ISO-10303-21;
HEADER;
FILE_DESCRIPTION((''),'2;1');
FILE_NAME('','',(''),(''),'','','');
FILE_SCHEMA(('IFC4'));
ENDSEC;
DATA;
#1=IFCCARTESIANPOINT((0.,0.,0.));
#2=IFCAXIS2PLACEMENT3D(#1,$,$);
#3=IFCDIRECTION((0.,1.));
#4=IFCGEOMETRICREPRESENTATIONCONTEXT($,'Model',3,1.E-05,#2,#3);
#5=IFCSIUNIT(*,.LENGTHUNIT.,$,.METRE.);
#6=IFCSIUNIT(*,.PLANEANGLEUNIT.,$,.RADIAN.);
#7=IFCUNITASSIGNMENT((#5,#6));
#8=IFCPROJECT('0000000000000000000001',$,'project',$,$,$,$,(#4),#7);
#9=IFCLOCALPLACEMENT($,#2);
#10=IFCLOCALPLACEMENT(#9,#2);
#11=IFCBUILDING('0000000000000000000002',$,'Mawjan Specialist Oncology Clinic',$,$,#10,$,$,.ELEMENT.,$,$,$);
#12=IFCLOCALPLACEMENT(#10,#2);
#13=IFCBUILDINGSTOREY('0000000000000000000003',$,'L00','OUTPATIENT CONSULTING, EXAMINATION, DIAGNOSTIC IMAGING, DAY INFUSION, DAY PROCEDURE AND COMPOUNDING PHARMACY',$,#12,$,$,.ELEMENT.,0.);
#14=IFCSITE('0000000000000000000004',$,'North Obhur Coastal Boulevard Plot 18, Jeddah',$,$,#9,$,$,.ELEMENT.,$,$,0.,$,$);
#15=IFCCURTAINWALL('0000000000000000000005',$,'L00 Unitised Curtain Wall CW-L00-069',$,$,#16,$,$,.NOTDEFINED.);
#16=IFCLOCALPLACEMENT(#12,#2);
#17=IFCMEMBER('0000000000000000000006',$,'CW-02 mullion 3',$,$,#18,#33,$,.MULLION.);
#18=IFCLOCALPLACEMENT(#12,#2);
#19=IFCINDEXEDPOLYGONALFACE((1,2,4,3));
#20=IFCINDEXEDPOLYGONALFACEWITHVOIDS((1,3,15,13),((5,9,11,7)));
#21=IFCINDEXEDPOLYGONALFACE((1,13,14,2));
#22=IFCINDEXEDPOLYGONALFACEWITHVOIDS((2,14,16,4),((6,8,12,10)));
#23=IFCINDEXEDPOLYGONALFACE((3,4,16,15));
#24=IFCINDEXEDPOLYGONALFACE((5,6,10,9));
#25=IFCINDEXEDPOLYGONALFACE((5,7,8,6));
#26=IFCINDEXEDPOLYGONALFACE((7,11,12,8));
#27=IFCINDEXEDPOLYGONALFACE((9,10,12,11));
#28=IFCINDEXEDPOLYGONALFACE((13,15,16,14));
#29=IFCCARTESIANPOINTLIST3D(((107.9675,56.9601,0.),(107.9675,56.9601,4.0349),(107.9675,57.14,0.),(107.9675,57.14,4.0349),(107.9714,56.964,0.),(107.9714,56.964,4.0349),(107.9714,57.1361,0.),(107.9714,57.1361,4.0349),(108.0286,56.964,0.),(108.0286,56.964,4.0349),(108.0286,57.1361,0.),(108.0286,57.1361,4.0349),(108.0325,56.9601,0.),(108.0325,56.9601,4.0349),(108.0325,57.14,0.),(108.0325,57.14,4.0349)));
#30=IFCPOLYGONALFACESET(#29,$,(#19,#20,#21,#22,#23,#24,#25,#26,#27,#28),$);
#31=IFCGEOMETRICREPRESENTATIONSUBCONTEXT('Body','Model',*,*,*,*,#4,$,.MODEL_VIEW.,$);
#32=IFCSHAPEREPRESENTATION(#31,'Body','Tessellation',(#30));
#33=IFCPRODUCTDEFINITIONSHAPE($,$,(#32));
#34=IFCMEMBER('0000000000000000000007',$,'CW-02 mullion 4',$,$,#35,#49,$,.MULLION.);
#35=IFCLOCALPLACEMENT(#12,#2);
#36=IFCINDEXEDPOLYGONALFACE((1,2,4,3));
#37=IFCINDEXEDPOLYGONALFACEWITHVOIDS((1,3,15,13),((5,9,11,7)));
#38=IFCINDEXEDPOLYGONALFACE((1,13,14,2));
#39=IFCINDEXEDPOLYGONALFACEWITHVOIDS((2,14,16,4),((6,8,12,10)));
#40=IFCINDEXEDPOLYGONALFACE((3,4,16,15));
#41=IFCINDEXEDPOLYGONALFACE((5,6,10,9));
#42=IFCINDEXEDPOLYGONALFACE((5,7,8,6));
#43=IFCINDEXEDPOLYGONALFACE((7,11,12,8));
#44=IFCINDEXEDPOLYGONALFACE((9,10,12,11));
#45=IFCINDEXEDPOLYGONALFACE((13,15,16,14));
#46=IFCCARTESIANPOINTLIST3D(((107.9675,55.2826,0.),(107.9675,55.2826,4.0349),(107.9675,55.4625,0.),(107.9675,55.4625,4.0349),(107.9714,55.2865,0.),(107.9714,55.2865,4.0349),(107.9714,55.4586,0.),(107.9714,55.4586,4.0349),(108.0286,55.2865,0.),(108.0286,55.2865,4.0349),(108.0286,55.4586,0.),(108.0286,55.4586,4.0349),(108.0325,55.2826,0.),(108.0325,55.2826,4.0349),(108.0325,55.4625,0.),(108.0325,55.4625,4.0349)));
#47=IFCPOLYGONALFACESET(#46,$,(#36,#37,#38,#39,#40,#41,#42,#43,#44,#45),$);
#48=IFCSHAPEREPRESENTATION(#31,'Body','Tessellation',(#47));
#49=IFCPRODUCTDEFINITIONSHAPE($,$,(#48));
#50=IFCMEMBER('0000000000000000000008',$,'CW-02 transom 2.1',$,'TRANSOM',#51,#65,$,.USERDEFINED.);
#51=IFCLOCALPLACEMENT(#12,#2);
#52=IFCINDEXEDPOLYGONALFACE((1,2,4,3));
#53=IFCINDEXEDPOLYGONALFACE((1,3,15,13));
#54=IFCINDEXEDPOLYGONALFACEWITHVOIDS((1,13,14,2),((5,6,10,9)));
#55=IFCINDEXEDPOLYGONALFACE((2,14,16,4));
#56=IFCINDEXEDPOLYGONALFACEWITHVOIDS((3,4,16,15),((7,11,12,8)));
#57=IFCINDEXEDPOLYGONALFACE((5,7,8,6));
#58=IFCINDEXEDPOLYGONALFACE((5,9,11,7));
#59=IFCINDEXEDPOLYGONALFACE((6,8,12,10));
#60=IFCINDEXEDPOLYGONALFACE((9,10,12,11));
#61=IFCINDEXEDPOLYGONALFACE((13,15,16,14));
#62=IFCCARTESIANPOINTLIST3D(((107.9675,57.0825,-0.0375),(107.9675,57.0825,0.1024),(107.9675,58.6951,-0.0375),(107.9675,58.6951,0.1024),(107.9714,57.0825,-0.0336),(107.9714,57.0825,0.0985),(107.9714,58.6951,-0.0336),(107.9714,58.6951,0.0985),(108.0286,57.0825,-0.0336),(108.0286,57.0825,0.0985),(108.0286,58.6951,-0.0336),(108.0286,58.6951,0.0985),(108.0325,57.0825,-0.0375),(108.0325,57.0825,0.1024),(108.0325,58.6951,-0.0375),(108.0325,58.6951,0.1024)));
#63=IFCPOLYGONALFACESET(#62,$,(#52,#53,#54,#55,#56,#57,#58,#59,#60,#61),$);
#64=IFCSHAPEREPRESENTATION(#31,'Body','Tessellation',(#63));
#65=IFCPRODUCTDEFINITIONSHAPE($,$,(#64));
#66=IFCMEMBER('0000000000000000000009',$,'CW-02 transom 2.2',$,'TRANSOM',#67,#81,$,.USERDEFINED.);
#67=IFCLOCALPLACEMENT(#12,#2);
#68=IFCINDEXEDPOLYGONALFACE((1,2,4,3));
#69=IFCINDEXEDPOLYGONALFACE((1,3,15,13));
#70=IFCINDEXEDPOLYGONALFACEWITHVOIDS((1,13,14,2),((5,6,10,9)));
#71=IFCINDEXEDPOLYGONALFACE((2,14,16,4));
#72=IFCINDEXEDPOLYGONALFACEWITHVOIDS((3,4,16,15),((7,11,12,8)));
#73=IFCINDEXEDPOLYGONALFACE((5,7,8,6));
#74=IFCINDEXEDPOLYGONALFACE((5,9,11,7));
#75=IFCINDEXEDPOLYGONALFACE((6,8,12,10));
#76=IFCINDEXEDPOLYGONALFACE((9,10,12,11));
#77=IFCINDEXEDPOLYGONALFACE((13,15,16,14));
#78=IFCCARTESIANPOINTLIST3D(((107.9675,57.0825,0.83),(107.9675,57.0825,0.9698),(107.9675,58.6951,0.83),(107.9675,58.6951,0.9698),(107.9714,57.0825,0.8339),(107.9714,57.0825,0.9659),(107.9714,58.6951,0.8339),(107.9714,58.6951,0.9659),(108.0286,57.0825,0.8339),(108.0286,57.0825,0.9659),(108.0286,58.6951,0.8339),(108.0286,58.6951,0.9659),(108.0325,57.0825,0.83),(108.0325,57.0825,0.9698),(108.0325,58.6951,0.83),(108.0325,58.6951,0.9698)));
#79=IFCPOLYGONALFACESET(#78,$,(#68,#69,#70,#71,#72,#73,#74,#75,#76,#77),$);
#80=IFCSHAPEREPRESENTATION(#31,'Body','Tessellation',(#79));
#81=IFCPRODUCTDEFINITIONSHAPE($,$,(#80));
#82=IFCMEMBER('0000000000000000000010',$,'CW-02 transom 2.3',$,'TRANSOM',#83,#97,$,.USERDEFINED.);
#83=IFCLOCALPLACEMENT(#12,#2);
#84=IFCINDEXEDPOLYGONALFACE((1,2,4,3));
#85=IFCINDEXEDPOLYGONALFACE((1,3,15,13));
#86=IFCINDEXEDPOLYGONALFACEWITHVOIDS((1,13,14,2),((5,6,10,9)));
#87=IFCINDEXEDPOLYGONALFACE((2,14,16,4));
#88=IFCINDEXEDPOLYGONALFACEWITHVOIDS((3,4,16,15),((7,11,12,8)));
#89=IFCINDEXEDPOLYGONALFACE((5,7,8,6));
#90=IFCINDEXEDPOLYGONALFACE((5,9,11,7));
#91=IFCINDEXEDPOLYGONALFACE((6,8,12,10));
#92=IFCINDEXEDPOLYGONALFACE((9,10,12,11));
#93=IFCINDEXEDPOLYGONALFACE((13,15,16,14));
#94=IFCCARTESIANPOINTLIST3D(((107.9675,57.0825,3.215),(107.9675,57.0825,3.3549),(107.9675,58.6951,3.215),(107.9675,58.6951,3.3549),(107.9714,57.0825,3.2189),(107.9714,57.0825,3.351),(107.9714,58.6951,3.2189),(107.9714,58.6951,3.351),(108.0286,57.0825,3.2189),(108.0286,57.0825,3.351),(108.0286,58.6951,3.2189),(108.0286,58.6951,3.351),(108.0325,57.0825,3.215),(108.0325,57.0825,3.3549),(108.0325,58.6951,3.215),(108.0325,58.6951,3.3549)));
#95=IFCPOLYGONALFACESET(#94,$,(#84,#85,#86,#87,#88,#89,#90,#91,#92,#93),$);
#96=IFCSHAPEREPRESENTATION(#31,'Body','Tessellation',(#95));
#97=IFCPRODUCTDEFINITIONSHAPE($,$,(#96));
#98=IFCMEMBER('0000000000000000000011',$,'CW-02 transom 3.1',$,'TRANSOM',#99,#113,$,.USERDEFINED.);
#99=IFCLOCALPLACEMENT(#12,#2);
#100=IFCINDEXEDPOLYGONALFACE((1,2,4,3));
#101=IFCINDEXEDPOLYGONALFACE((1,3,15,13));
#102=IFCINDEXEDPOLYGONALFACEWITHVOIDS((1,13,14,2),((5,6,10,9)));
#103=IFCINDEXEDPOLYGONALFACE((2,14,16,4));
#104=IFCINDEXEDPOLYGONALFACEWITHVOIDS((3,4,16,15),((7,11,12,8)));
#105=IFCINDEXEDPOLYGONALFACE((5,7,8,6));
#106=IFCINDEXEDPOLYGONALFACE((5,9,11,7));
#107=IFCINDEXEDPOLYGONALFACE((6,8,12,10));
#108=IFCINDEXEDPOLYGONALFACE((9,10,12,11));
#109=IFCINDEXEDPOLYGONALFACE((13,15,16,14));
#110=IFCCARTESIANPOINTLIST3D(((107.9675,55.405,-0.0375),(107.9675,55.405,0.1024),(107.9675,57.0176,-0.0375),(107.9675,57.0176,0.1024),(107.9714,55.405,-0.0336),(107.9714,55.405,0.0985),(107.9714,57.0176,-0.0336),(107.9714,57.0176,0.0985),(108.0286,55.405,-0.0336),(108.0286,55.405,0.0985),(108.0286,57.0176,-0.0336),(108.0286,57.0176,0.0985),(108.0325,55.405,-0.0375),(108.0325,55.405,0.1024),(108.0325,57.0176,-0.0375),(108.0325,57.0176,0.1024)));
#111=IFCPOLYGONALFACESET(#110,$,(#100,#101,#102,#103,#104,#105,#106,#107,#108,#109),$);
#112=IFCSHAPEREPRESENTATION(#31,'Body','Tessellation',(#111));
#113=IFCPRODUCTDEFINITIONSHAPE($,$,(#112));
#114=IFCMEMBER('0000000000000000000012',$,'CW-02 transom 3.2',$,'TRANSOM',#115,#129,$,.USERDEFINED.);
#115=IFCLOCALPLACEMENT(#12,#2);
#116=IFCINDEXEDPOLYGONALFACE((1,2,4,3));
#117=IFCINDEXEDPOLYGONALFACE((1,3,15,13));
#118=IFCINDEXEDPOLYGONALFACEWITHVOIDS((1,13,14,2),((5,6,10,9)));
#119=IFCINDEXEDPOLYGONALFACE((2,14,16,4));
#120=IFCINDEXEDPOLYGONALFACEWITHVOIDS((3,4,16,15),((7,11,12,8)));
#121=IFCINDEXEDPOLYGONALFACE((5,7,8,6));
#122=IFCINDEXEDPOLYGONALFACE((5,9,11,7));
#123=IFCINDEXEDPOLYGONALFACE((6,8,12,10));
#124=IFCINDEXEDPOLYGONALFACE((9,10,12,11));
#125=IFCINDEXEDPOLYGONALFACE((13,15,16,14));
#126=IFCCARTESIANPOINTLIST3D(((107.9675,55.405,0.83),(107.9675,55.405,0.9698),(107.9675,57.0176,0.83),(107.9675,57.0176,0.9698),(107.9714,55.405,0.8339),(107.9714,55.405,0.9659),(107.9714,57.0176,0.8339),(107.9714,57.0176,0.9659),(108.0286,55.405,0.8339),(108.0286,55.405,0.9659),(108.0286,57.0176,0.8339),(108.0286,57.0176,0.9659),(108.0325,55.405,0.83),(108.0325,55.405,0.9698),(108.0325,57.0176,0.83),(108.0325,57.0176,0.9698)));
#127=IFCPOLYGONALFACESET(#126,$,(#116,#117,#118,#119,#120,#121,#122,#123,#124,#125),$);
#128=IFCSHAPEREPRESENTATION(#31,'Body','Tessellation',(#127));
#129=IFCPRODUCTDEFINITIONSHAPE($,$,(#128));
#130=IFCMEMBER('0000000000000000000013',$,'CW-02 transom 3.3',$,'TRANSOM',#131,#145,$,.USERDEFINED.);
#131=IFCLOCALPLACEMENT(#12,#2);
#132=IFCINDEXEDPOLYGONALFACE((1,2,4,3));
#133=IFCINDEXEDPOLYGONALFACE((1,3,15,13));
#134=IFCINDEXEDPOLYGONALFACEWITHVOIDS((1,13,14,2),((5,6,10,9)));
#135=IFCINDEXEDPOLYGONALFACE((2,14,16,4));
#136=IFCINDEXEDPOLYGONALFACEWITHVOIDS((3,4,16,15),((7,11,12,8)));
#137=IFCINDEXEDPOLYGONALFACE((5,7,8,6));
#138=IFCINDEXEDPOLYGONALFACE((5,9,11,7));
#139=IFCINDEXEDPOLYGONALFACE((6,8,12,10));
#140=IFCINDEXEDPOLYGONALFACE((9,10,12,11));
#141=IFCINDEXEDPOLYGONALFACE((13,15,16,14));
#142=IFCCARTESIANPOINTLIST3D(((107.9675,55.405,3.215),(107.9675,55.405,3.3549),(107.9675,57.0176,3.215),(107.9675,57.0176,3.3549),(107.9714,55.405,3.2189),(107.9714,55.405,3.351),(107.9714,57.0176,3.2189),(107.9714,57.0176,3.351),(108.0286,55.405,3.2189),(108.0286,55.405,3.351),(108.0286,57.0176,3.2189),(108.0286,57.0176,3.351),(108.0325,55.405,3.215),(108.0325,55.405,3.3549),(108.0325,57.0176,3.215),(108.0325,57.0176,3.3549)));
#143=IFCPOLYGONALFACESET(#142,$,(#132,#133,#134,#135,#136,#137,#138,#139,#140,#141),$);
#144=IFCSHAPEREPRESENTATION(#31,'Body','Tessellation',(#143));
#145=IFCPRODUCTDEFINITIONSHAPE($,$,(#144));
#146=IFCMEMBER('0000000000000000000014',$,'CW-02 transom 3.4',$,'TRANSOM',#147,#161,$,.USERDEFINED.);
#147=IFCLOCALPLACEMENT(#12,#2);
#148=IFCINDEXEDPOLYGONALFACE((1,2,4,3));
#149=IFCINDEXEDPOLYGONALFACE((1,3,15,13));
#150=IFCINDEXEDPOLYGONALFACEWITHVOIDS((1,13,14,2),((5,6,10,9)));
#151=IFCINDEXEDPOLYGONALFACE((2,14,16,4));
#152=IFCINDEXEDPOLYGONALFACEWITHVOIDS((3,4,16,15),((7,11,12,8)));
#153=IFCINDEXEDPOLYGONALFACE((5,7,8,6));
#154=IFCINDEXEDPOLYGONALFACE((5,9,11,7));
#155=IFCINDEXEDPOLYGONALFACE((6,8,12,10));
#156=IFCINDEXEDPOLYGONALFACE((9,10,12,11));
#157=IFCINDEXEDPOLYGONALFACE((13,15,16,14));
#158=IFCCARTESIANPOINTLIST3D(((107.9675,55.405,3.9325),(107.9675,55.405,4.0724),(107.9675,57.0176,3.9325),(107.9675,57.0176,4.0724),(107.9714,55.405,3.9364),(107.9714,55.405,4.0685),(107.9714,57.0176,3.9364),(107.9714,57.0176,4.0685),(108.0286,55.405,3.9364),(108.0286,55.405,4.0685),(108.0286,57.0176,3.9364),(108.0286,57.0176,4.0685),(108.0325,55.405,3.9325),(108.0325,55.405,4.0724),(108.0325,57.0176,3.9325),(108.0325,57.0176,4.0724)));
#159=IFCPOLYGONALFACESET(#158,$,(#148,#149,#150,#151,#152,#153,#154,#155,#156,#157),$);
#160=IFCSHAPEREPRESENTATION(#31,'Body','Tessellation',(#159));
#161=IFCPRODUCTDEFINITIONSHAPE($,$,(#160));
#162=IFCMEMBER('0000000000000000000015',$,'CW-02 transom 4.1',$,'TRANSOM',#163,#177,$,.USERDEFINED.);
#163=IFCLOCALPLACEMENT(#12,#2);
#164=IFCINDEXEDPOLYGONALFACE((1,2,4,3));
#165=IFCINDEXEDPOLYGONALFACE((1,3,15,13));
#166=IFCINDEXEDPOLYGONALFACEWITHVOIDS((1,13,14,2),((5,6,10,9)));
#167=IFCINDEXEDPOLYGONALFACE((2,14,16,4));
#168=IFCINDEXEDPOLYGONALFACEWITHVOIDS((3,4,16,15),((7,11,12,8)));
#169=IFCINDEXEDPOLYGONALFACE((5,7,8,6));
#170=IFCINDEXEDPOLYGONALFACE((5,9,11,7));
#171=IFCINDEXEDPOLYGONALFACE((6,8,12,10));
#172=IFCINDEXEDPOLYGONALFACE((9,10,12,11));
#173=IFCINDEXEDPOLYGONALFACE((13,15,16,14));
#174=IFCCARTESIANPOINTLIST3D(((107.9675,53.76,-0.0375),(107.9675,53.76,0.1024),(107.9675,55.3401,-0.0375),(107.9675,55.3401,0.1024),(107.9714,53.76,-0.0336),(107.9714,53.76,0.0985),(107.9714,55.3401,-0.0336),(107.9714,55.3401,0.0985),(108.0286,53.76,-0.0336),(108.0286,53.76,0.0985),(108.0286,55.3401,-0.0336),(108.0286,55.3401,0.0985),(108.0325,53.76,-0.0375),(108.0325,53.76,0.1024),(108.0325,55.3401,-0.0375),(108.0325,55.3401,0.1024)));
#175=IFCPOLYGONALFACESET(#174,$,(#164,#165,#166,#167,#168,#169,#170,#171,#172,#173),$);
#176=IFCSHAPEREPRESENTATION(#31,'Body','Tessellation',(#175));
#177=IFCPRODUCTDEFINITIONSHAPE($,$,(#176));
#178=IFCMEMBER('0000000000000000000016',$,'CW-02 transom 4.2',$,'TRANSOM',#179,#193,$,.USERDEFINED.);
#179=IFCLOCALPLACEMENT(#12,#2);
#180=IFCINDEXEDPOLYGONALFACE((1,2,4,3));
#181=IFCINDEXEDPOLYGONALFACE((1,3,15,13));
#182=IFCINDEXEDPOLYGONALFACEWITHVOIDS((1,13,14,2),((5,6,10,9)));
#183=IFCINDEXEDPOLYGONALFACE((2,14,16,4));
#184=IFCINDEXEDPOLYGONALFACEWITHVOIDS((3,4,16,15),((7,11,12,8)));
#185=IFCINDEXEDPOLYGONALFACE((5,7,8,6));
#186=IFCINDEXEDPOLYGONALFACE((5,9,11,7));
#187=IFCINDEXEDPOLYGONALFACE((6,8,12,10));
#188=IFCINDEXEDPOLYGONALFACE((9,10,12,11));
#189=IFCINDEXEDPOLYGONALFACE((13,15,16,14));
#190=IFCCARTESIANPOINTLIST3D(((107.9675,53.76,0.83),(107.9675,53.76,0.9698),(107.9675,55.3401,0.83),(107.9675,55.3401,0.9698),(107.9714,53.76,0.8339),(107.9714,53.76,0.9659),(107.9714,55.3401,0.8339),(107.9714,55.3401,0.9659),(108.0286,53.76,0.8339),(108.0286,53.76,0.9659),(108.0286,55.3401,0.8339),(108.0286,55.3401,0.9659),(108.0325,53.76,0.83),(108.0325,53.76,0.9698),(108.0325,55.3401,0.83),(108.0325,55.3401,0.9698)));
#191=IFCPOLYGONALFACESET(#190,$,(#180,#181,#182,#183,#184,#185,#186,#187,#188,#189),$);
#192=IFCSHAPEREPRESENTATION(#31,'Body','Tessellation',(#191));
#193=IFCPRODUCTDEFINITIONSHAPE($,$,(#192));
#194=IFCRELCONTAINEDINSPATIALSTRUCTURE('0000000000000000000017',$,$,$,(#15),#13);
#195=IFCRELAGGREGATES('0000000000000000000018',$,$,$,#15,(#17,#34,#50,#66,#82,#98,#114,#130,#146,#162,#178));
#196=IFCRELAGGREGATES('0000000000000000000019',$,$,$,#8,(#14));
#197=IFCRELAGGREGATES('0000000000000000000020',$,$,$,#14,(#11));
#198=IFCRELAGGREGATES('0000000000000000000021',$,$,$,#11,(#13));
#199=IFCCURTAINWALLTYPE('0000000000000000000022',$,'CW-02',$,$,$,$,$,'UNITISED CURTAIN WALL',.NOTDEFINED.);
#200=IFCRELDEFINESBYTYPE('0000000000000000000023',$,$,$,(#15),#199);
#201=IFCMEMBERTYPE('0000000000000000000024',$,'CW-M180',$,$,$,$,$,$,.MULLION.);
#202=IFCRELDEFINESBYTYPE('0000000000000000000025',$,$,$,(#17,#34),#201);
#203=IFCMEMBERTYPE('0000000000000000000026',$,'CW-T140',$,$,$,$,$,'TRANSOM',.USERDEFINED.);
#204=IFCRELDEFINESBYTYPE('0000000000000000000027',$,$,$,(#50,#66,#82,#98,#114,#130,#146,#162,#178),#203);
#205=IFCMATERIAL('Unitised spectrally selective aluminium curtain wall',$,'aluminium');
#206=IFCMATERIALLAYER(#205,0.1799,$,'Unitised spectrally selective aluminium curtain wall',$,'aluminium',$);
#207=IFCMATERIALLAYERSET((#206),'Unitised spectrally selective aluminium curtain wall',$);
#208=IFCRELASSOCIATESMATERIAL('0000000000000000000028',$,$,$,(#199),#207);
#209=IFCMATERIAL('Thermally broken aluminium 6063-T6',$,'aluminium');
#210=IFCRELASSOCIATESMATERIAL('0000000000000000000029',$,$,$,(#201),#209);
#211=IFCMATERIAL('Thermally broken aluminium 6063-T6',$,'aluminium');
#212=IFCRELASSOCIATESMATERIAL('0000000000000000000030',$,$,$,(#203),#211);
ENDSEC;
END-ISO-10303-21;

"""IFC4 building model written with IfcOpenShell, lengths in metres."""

from ifc_helpers import new_model, si_unit, direction, frame, origin, origin_2d, place, context, subcontext, project, spatial, hollow_rectangle, extrude, material, layer, layer_set, material_profile, profile_set, type_object, element, aggregate, save


model = new_model("IFC4")

# Units and contexts
model_context = context("Model", 3, precision=1e-05, world=origin(), true_north=direction((0.0, 1.0)))
body_context = subcontext(model_context, "Body", "Model", "MODEL_VIEW")
ifc_project = project(units=[si_unit("LENGTHUNIT", "METRE"), si_unit("PLANEANGLEUNIT", "RADIAN")], contexts=[model_context])

# Site, building, storey
site_placement = place(None, origin())
site = spatial("IfcSite", under=ifc_project, at=site_placement, Name="North Obhur Coastal Boulevard Plot 18, Jeddah", CompositionType="ELEMENT", RefElevation=0.0)
building_placement = place(site_placement, origin())
building = spatial("IfcBuilding", under=site, at=building_placement, Name="Mawjan Specialist Oncology Clinic", CompositionType="ELEMENT")
storey_placement = place(building_placement, origin())
storey = spatial("IfcBuildingStorey", under=building, at=storey_placement, Name="L00", Description="OUTPATIENT CONSULTING, EXAMINATION, DIAGNOSTIC IMAGING, DAY INFUSION, DAY PROCEDURE AND COMPOUNDING PHARMACY", CompositionType="ELEMENT", Elevation=0.0)

# Curtain wall, members
ifc_material_1 = material(Name="Unitised spectrally selective aluminium curtain wall", Category="aluminium")
ifc_layer_1 = layer(ifc_material_1, 0.1799, Name="Unitised spectrally selective aluminium curtain wall", Category="aluminium")
ifc_layer_set_1 = layer_set([ifc_layer_1], Name="Unitised spectrally selective aluminium curtain wall")
curtain_wall_type = type_object("IfcCurtainWallType", Name="CW-02", ElementType="UNITISED CURTAIN WALL", PredefinedType="NOTDEFINED", material=ifc_layer_set_1)
curtain_wall_placement = place(storey_placement, origin())
curtain_wall = element("IfcCurtainWall", 1, at=curtain_wall_placement, inside=storey, type_object=curtain_wall_type, Name="L00 Unitised Curtain Wall CW-L00-069", PredefinedType="NOTDEFINED")
ifc_material_2 = material(Name="Thermally broken aluminium 6063-T6", Category="aluminium")
ifc_material_profile_1 = material_profile(ifc_material_2, hollow_rectangle(XDim=0.0649, YDim=0.1799, WallThickness=0.0039, at=origin_2d()), Name="ALU MULLION 180x65x4", Category="aluminium")
ifc_profile_set_1 = profile_set([ifc_material_profile_1], Name="Thermally broken aluminium 6063-T6")
member_type_1 = type_object("IfcMemberType", Name="CW-M180", PredefinedType="MULLION", material=ifc_profile_set_1)
member_1_placement = place(storey_placement, frame((108.0, 57.05, 0.0), z_axis=(0.0, 0.0, 1.0), x_axis=(1.0, 0.0, 0.0)))
member_1 = element("IfcMember", 2, at=member_1_placement, type_object=member_type_1, Name="CW-02 mullion 3", PredefinedType="MULLION", context=body_context, shape_type="SweptSolid", body=[
    extrude(hollow_rectangle(XDim=0.0649, YDim=0.1799, WallThickness=0.0039, at=origin_2d()), origin(), (0.0, 0.0, 1.0), 4.0349),
])
member_2_placement = place(storey_placement, frame((108.0, 55.3726, 0.0), z_axis=(0.0, 0.0, 1.0), x_axis=(1.0, 0.0, 0.0)))
member_2 = element("IfcMember", 3, at=member_2_placement, type_object=member_type_1, Name="CW-02 mullion 4", PredefinedType="MULLION", context=body_context, shape_type="SweptSolid", body=[
    extrude(hollow_rectangle(XDim=0.0649, YDim=0.1799, WallThickness=0.0039, at=origin_2d()), origin(), (0.0, 0.0, 1.0), 4.0349),
])
ifc_material_3 = material(Name="Thermally broken aluminium 6063-T6", Category="aluminium")
ifc_material_profile_2 = material_profile(ifc_material_3, hollow_rectangle(XDim=0.0649, YDim=0.1399, WallThickness=0.0039, at=origin_2d()), Name="ALU TRANSOM 140x65x4", Category="aluminium")
ifc_profile_set_2 = profile_set([ifc_material_profile_2], Name="Thermally broken aluminium 6063-T6")
member_type_2 = type_object("IfcMemberType", Name="CW-T140", ElementType="TRANSOM", PredefinedType="USERDEFINED", material=ifc_profile_set_2)
member_3_placement = place(storey_placement, frame((108.0, 58.6951, 0.0325), z_axis=(0.0, -1.0, 0.0), x_axis=(1.0, 0.0, 0.0)))
member_3 = element("IfcMember", 4, at=member_3_placement, type_object=member_type_2, Name="CW-02 transom 2.1", ObjectType="TRANSOM", PredefinedType="USERDEFINED", context=body_context, shape_type="SweptSolid", body=[
    extrude(hollow_rectangle(XDim=0.0649, YDim=0.1399, WallThickness=0.0039, at=origin_2d()), origin(), (0.0, 0.0, 1.0), 1.6125),
])
member_4_placement = place(storey_placement, frame((108.0, 58.6951, 0.8999), z_axis=(0.0, -1.0, 0.0), x_axis=(1.0, 0.0, 0.0)))
member_4 = element("IfcMember", 5, at=member_4_placement, type_object=member_type_2, Name="CW-02 transom 2.2", ObjectType="TRANSOM", PredefinedType="USERDEFINED", context=body_context, shape_type="SweptSolid", body=[
    extrude(hollow_rectangle(XDim=0.0649, YDim=0.1399, WallThickness=0.0039, at=origin_2d()), origin(), (0.0, 0.0, 1.0), 1.6125),
])
member_5_placement = place(storey_placement, frame((108.0, 58.6951, 3.2849), z_axis=(0.0, -1.0, 0.0), x_axis=(1.0, 0.0, 0.0)))
member_5 = element("IfcMember", 6, at=member_5_placement, type_object=member_type_2, Name="CW-02 transom 2.3", ObjectType="TRANSOM", PredefinedType="USERDEFINED", context=body_context, shape_type="SweptSolid", body=[
    extrude(hollow_rectangle(XDim=0.0649, YDim=0.1399, WallThickness=0.0039, at=origin_2d()), origin(), (0.0, 0.0, 1.0), 1.6125),
])
member_6_placement = place(storey_placement, frame((108.0, 57.0176, 0.0325), z_axis=(0.0, -1.0, 0.0), x_axis=(1.0, 0.0, 0.0)))
member_6 = element("IfcMember", 7, at=member_6_placement, type_object=member_type_2, Name="CW-02 transom 3.1", ObjectType="TRANSOM", PredefinedType="USERDEFINED", context=body_context, shape_type="SweptSolid", body=[
    extrude(hollow_rectangle(XDim=0.0649, YDim=0.1399, WallThickness=0.0039, at=origin_2d()), origin(), (0.0, 0.0, 1.0), 1.6125),
])
member_7_placement = place(storey_placement, frame((108.0, 57.0176, 0.8999), z_axis=(0.0, -1.0, 0.0), x_axis=(1.0, 0.0, 0.0)))
member_7 = element("IfcMember", 8, at=member_7_placement, type_object=member_type_2, Name="CW-02 transom 3.2", ObjectType="TRANSOM", PredefinedType="USERDEFINED", context=body_context, shape_type="SweptSolid", body=[
    extrude(hollow_rectangle(XDim=0.0649, YDim=0.1399, WallThickness=0.0039, at=origin_2d()), origin(), (0.0, 0.0, 1.0), 1.6125),
])
member_8_placement = place(storey_placement, frame((108.0, 57.0176, 3.2849), z_axis=(0.0, -1.0, 0.0), x_axis=(1.0, 0.0, 0.0)))
member_8 = element("IfcMember", 9, at=member_8_placement, type_object=member_type_2, Name="CW-02 transom 3.3", ObjectType="TRANSOM", PredefinedType="USERDEFINED", context=body_context, shape_type="SweptSolid", body=[
    extrude(hollow_rectangle(XDim=0.0649, YDim=0.1399, WallThickness=0.0039, at=origin_2d()), origin(), (0.0, 0.0, 1.0), 1.6125),
])
member_9_placement = place(storey_placement, frame((108.0, 57.0176, 4.0024), z_axis=(0.0, -1.0, 0.0), x_axis=(1.0, 0.0, 0.0)))
member_9 = element("IfcMember", 10, at=member_9_placement, type_object=member_type_2, Name="CW-02 transom 3.4", ObjectType="TRANSOM", PredefinedType="USERDEFINED", context=body_context, shape_type="SweptSolid", body=[
    extrude(hollow_rectangle(XDim=0.0649, YDim=0.1399, WallThickness=0.0039, at=origin_2d()), origin(), (0.0, 0.0, 1.0), 1.6125),
])
member_10_placement = place(storey_placement, frame((108.0, 55.3401, 0.0325), z_axis=(0.0, -1.0, 0.0), x_axis=(1.0, 0.0, 0.0)))
member_10 = element("IfcMember", 11, at=member_10_placement, type_object=member_type_2, Name="CW-02 transom 4.1", ObjectType="TRANSOM", PredefinedType="USERDEFINED", context=body_context, shape_type="SweptSolid", body=[
    extrude(hollow_rectangle(XDim=0.0649, YDim=0.1399, WallThickness=0.0039, at=origin_2d()), origin(), (0.0, 0.0, 1.0), 1.5801),
])
member_11_placement = place(storey_placement, frame((108.0, 55.3401, 0.8999), z_axis=(0.0, -1.0, 0.0), x_axis=(1.0, 0.0, 0.0)))
member_11 = element("IfcMember", 12, at=member_11_placement, type_object=member_type_2, Name="CW-02 transom 4.2", ObjectType="TRANSOM", PredefinedType="USERDEFINED", context=body_context, shape_type="SweptSolid", body=[
    extrude(hollow_rectangle(XDim=0.0649, YDim=0.1399, WallThickness=0.0039, at=origin_2d()), origin(), (0.0, 0.0, 1.0), 1.5801),
])
aggregate(curtain_wall, [member_1, member_2, member_3, member_4, member_5, member_6, member_7, member_8, member_9, member_10, member_11])

save(model, "model.ifc")
